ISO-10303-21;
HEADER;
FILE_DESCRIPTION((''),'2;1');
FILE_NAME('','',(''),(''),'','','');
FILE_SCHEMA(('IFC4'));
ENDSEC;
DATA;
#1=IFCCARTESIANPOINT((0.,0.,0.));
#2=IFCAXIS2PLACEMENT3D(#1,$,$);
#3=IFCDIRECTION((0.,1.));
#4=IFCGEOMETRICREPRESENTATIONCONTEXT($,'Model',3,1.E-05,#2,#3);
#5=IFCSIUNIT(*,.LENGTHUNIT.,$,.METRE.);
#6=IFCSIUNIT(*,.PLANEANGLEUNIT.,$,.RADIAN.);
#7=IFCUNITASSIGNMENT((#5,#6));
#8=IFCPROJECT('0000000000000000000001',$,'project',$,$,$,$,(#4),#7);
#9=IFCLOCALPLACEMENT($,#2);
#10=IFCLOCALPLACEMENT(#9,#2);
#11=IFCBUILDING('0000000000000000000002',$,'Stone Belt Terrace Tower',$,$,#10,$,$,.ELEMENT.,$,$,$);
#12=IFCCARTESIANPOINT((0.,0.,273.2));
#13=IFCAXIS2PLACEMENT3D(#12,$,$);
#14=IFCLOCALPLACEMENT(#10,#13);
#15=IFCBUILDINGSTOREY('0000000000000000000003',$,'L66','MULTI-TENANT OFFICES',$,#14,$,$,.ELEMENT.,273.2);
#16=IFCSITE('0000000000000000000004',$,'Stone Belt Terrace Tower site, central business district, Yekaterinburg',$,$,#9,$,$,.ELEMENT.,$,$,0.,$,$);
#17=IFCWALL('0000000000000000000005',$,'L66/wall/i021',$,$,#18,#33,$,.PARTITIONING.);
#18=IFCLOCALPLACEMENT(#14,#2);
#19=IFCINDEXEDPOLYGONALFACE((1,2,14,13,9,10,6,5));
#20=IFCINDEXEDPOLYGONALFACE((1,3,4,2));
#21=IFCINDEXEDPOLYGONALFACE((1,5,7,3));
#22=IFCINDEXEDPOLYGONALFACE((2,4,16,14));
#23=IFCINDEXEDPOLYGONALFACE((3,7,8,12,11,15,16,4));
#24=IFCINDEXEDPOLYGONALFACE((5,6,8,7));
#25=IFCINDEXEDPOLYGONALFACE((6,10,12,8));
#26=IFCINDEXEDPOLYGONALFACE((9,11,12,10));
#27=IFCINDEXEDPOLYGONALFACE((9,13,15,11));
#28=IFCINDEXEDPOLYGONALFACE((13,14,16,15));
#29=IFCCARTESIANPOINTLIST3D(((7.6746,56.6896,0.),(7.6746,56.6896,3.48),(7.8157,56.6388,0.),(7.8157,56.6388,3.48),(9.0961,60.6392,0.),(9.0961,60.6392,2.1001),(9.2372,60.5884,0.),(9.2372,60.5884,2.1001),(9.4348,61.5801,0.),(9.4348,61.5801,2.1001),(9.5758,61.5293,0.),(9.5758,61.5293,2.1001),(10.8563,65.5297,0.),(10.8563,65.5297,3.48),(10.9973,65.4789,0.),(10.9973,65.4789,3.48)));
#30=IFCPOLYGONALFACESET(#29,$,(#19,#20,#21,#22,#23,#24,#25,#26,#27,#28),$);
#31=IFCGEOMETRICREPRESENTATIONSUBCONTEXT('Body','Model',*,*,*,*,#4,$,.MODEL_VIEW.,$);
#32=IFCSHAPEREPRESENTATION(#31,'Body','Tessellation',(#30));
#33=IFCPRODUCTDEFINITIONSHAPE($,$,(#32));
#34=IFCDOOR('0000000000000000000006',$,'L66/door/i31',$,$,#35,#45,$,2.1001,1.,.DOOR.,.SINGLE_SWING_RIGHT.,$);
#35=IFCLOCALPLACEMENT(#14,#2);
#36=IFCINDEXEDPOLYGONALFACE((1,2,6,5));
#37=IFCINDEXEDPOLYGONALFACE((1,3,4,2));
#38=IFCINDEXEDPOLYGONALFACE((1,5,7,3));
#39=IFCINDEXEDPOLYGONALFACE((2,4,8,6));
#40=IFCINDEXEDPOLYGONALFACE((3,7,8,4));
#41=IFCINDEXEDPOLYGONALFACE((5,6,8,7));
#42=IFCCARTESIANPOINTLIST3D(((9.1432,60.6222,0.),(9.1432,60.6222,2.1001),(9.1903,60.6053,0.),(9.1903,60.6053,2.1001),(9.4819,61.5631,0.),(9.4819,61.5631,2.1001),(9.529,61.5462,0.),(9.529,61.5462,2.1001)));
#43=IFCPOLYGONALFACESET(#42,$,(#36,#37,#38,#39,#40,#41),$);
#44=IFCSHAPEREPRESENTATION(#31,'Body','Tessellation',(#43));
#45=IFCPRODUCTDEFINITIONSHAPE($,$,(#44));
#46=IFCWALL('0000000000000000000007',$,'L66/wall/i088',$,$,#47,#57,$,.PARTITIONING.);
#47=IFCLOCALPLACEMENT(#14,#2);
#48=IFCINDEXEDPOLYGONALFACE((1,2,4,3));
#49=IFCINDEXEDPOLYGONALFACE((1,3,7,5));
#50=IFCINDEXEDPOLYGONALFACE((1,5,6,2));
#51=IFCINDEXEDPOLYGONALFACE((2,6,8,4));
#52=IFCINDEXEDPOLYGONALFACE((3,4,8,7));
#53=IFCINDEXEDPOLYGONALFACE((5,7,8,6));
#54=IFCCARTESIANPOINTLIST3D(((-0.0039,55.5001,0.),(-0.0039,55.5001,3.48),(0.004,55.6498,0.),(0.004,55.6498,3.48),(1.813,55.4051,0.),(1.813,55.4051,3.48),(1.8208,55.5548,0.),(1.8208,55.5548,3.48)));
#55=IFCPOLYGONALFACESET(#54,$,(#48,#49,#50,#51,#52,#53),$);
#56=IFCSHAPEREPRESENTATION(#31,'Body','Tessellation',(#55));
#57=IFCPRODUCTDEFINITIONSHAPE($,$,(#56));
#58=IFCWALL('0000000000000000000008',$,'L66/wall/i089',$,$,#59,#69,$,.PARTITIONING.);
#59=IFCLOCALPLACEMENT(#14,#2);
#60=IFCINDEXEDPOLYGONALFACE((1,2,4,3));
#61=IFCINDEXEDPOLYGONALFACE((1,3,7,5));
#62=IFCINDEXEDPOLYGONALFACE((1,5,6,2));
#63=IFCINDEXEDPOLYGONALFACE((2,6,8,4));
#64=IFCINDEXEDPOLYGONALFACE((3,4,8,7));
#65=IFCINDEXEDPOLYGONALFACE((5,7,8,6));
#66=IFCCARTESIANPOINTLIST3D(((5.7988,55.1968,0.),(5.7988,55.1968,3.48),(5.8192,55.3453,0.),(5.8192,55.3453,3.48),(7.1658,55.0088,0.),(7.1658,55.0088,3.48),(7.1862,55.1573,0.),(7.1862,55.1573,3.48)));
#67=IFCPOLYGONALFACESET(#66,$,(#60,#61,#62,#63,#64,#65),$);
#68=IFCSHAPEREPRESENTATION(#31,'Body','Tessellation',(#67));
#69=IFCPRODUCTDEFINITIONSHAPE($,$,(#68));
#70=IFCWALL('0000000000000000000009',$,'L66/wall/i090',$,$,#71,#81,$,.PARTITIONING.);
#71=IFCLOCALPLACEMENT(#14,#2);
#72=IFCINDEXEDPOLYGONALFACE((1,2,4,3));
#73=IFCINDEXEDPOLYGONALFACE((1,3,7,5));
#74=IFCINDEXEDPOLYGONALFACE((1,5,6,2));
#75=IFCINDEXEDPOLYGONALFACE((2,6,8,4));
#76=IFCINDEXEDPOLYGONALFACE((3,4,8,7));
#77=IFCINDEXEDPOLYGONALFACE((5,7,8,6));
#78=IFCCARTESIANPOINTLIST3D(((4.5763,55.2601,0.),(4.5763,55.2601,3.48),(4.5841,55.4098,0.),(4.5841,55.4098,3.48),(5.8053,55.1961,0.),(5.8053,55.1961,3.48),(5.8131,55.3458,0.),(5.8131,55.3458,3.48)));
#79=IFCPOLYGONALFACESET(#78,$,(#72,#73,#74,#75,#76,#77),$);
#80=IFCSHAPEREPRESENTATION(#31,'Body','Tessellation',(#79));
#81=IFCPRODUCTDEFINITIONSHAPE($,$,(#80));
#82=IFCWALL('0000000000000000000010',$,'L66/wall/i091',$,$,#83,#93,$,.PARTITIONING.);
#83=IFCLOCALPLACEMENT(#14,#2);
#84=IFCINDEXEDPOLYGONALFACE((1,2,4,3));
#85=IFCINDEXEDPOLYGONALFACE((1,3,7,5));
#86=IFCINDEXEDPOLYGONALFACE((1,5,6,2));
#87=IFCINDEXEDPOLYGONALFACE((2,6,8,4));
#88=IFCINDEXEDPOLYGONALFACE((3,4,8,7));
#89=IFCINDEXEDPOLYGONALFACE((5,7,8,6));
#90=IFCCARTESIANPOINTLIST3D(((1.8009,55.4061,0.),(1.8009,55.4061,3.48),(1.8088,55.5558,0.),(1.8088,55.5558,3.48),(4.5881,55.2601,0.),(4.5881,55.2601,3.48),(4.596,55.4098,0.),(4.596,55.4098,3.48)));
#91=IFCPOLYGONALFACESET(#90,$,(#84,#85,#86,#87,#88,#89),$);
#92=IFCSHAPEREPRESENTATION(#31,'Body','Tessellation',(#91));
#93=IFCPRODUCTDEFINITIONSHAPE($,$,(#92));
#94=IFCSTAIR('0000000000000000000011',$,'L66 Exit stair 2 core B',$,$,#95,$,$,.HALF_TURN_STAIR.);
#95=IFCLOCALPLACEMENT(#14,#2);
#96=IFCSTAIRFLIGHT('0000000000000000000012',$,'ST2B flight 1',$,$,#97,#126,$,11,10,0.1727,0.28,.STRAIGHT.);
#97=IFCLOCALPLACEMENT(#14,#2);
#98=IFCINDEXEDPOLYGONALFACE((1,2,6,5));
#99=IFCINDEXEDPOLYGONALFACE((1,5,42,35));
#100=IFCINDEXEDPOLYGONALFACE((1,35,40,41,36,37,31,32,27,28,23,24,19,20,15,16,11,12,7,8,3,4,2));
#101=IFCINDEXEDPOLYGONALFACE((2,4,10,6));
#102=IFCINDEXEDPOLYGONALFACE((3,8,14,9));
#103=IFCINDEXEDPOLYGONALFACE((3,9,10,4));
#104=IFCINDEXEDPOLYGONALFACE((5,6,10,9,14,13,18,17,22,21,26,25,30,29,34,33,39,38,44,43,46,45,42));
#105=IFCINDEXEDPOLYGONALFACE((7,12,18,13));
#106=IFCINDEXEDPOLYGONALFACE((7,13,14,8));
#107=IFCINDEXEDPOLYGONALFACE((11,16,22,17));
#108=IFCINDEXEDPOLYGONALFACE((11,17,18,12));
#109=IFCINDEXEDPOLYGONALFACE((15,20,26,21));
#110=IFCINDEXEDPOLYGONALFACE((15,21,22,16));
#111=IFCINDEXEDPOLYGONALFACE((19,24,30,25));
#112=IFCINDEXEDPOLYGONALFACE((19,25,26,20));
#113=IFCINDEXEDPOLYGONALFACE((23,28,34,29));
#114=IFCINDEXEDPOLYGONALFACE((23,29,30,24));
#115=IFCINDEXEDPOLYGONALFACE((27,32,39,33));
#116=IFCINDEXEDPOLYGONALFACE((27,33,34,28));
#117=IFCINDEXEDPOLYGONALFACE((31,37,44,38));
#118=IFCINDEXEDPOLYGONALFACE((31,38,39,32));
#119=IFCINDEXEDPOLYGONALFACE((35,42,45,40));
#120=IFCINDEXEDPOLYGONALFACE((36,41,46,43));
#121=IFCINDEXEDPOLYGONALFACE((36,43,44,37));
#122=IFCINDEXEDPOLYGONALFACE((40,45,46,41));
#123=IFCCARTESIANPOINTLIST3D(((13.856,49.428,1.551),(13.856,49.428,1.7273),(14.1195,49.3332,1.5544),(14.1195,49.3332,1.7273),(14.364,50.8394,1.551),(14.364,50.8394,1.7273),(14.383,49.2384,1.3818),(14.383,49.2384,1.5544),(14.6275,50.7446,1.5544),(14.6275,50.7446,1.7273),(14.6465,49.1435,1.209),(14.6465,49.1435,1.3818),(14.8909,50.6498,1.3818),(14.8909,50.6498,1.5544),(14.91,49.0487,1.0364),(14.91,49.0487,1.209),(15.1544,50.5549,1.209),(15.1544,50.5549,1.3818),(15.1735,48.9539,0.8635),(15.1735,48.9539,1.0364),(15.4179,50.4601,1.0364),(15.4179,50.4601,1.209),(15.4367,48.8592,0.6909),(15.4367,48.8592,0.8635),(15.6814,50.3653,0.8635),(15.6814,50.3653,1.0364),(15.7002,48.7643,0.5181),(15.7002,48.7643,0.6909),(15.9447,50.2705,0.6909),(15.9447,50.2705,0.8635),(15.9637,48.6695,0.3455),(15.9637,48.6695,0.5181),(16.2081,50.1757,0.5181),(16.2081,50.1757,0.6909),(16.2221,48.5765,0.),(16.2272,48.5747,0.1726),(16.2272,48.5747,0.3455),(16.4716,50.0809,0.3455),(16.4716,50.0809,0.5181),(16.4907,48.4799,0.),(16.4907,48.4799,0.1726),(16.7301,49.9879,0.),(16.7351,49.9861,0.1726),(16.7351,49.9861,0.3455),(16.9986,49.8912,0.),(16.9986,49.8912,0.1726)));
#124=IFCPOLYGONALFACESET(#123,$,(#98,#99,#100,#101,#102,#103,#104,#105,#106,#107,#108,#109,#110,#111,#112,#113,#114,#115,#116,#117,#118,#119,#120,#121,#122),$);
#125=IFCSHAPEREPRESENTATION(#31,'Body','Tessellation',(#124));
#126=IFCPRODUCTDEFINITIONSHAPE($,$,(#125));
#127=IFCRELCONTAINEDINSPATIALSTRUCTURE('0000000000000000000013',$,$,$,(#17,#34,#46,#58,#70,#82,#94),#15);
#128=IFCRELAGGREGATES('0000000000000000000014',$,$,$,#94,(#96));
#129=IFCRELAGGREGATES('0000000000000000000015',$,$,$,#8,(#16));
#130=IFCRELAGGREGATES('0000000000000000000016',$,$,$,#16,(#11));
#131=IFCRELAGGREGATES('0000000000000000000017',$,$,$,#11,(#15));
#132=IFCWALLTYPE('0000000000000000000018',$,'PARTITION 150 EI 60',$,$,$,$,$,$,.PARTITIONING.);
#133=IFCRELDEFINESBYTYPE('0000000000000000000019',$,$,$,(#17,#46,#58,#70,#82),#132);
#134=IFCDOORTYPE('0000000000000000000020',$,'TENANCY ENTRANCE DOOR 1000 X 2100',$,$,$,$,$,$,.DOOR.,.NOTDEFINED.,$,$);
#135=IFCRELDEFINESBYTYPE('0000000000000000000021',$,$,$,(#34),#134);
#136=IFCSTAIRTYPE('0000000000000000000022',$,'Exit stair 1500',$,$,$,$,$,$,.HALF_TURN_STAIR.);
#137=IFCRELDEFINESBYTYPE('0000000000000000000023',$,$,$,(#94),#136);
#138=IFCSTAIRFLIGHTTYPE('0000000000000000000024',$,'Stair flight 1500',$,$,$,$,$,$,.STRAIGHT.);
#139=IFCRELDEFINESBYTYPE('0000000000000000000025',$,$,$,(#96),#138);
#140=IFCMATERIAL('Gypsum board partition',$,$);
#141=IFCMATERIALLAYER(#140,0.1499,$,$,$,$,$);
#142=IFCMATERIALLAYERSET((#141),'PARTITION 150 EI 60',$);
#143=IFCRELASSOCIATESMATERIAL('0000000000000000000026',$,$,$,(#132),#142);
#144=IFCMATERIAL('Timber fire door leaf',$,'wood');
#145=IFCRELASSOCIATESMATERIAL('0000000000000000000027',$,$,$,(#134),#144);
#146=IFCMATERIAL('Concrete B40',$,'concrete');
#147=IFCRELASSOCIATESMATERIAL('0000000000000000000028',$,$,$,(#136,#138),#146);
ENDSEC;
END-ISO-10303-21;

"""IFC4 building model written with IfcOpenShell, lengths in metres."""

from ifc_helpers import new_model, si_unit, direction, frame, frame_2d, origin, place, context, subcontext, project, spatial, polyline, rectangle, outline, extrude, material, layer, layer_set, type_object, element, fill, aggregate, save


model = new_model("IFC4")

# Units and contexts
model_context = context("Model", 3, precision=1e-05, world=origin(), true_north=direction((0.0, 1.0)))
body_context = subcontext(model_context, "Body", "Model", "MODEL_VIEW")
ifc_project = project(units=[si_unit("LENGTHUNIT", "METRE"), si_unit("PLANEANGLEUNIT", "RADIAN")], contexts=[model_context])

# Site, building, storey
site_placement = place(None, origin())
site = spatial("IfcSite", under=ifc_project, at=site_placement, Name="Stone Belt Terrace Tower site, central business district, Yekaterinburg", CompositionType="ELEMENT", RefElevation=0.0)
building_placement = place(site_placement, origin())
building = spatial("IfcBuilding", under=site, at=building_placement, Name="Stone Belt Terrace Tower", CompositionType="ELEMENT")
storey_placement = place(building_placement, frame((0.0, 0.0, 273.2)))
storey = spatial("IfcBuildingStorey", under=building, at=storey_placement, Name="L66", Description="MULTI-TENANT OFFICES", CompositionType="ELEMENT", Elevation=273.2)

# Shared definitions
ifc_material_1 = material(Name="Gypsum board partition")

# Wall, opening, door
ifc_layer_1 = layer(ifc_material_1, 0.1499)
ifc_layer_set_1 = layer_set([ifc_layer_1], Name="PARTITION 150 EI 60")
wall_type_1 = type_object("IfcWallType", Name="PARTITION 150 EI 60", PredefinedType="PARTITIONING", material=ifc_layer_set_1)
wall_1_placement = place(storey_placement, frame((7.7451, 56.6641, 0.0), z_axis=(0.0, 0.0, 1.0), x_axis=(0.338645, 0.940914, 0.0)))
wall_1 = element("IfcWall", 1, at=wall_1_placement, inside=storey, type_object=wall_type_1, Name="L66/wall/i021", PredefinedType="PARTITIONING", context=body_context, shape_type="SweptSolid", body=[
    extrude(rectangle(XDim=9.3953, YDim=0.1499, at=frame_2d((4.6978, 0.0))), origin(), (0.0, 0.0, 1.0), 3.48),
])
opening_1_placement = place(wall_1_placement, frame((4.1978, 0.0, 0.0)))
opening_1 = element("IfcOpeningElement", 2, at=opening_1_placement, cuts=wall_1, PredefinedType="OPENING", context=body_context, shape_type="SweptSolid", body=[
    extrude(rectangle(XDim=1.0, YDim=2.1001, at=frame_2d((0.5, 1.05))), frame((0.0, 0.085, 0.0), z_axis=(0.0, -1.0, 0.0), x_axis=(1.0, 0.0, 0.0)), (0.0, 0.0, 1.0), 0.1699),
])
ifc_material_2 = material(Name="Timber fire door leaf", Category="wood")
door_type_1 = type_object("IfcDoorType", Name="TENANCY ENTRANCE DOOR 1000 X 2100", OperationType="NOTDEFINED", PredefinedType="DOOR", material=ifc_material_2)
door_1_placement = place(opening_1_placement, origin())
door_1 = element("IfcDoor", 3, at=door_1_placement, inside=storey, type_object=door_type_1, Name="L66/door/i31", OperationType="SINGLE_SWING_RIGHT", OverallHeight=2.1001, OverallWidth=1.0, PredefinedType="DOOR", context=body_context, shape_type="SweptSolid", body=[
    extrude(rectangle(XDim=1.0, YDim=2.1001, at=frame_2d((0.5, 1.05))), frame((0.0, 0.0249, 0.0), z_axis=(0.0, -1.0, 0.0), x_axis=(1.0, 0.0, 0.0)), (0.0, 0.0, 1.0), 0.05),
])
fill(opening_1, door_1)

# Walls
wall_2_placement = place(storey_placement, frame((1.8169, 55.48, 0.0), z_axis=(0.0, 0.0, 1.0), x_axis=(-0.998637, 0.0522, 0.0)))
element("IfcWall", 4, at=wall_2_placement, inside=storey, type_object=wall_type_1, Name="L66/wall/i088", PredefinedType="PARTITIONING", context=body_context, shape_type="SweptSolid", body=[
    extrude(rectangle(XDim=1.8193, YDim=0.1499, at=frame_2d((0.9097, 0.0))), origin(), (0.0, 0.0, 1.0), 3.48),
])
wall_3_placement = place(storey_placement, frame((7.176, 55.083, 0.0), z_axis=(0.0, 0.0, 1.0), x_axis=(-0.990676, 0.136242, 0.0)))
element("IfcWall", 5, at=wall_3_placement, inside=storey, type_object=wall_type_1, Name="L66/wall/i089", PredefinedType="PARTITIONING", context=body_context, shape_type="SweptSolid", body=[
    extrude(rectangle(XDim=1.3799, YDim=0.1499, at=frame_2d((0.6899, 0.0))), origin(), (0.0, 0.0, 1.0), 3.48),
])
wall_4_placement = place(storey_placement, frame((5.8091, 55.271, 0.0), z_axis=(0.0, 0.0, 1.0), x_axis=(-0.998648, 0.051976, 0.0)))
element("IfcWall", 6, at=wall_4_placement, inside=storey, type_object=wall_type_1, Name="L66/wall/i090", PredefinedType="PARTITIONING", context=body_context, shape_type="SweptSolid", body=[
    extrude(rectangle(XDim=1.2307, YDim=0.1499, at=frame_2d((0.6152, 0.0))), origin(), (0.0, 0.0, 1.0), 3.48),
])
wall_5_placement = place(storey_placement, frame((4.592, 55.335, 0.0), z_axis=(0.0, 0.0, 1.0), x_axis=(-0.998631, 0.052311, 0.0)))
element("IfcWall", 7, at=wall_5_placement, inside=storey, type_object=wall_type_1, Name="L66/wall/i091", PredefinedType="PARTITIONING", context=body_context, shape_type="SweptSolid", body=[
    extrude(rectangle(XDim=2.791, YDim=0.1499, at=frame_2d((1.3955, 0.0))), origin(), (0.0, 0.0, 1.0), 3.48),
])

# Stair, stair flight
ifc_material_3 = material(Name="Concrete B40", Category="concrete")
stair_type = type_object("IfcStairType", Name="Exit stair 1500", PredefinedType="HALF_TURN_STAIR", material=ifc_material_3)
stair_placement = place(storey_placement, origin())
stair = element("IfcStair", 8, at=stair_placement, inside=storey, type_object=stair_type, Name="L66 Exit stair 2 core B", PredefinedType="HALF_TURN_STAIR")
stair_flight_type = type_object("IfcStairFlightType", Name="Stair flight 1500", PredefinedType="STRAIGHT", material=ifc_material_3)
stair_flight_placement = place(storey_placement, frame((16.7446, 49.1855, 0.0), z_axis=(0.0, 0.0, 1.0), x_axis=(-0.940922, 0.338624, 0.0)))
stair_flight = element("IfcStairFlight", 9, at=stair_flight_placement, type_object=stair_flight_type, Name="ST2B flight 1", NumberOfRisers=11, NumberOfTreads=10, PredefinedType="STRAIGHT", RiserHeight=0.1727, TreadLength=0.28, context=body_context, shape_type="SweptSolid", body=[
    extrude(outline(polyline([(0.0, 0.0), (0.0, 0.1726), (0.28, 0.1726), (0.28, 0.3455), (0.5601, 0.3455), (0.5601, 0.5181), (0.8401, 0.5181), (0.8401, 0.6909), (1.1201, 0.6909), (1.1201, 0.8635), (1.3999, 0.8635), (1.3999, 1.0364), (1.6799, 1.0364), (1.6799, 1.209), (1.96, 1.209), (1.96, 1.3818), (2.24, 1.3818), (2.24, 1.5544), (2.52, 1.5544), (2.52, 1.7273), (2.8, 1.7273), (2.8, 1.8999), (2.8, 1.551), (0.2854, 0.0), (0.0, 0.0)])), frame((0.0, 0.75, 0.0), z_axis=(0.0, -1.0, 0.0), x_axis=(1.0, 0.0, 0.0)), (0.0, 0.0, 1.0), 1.5),
])
aggregate(stair, [stair_flight])

save(model, "model.ifc")
